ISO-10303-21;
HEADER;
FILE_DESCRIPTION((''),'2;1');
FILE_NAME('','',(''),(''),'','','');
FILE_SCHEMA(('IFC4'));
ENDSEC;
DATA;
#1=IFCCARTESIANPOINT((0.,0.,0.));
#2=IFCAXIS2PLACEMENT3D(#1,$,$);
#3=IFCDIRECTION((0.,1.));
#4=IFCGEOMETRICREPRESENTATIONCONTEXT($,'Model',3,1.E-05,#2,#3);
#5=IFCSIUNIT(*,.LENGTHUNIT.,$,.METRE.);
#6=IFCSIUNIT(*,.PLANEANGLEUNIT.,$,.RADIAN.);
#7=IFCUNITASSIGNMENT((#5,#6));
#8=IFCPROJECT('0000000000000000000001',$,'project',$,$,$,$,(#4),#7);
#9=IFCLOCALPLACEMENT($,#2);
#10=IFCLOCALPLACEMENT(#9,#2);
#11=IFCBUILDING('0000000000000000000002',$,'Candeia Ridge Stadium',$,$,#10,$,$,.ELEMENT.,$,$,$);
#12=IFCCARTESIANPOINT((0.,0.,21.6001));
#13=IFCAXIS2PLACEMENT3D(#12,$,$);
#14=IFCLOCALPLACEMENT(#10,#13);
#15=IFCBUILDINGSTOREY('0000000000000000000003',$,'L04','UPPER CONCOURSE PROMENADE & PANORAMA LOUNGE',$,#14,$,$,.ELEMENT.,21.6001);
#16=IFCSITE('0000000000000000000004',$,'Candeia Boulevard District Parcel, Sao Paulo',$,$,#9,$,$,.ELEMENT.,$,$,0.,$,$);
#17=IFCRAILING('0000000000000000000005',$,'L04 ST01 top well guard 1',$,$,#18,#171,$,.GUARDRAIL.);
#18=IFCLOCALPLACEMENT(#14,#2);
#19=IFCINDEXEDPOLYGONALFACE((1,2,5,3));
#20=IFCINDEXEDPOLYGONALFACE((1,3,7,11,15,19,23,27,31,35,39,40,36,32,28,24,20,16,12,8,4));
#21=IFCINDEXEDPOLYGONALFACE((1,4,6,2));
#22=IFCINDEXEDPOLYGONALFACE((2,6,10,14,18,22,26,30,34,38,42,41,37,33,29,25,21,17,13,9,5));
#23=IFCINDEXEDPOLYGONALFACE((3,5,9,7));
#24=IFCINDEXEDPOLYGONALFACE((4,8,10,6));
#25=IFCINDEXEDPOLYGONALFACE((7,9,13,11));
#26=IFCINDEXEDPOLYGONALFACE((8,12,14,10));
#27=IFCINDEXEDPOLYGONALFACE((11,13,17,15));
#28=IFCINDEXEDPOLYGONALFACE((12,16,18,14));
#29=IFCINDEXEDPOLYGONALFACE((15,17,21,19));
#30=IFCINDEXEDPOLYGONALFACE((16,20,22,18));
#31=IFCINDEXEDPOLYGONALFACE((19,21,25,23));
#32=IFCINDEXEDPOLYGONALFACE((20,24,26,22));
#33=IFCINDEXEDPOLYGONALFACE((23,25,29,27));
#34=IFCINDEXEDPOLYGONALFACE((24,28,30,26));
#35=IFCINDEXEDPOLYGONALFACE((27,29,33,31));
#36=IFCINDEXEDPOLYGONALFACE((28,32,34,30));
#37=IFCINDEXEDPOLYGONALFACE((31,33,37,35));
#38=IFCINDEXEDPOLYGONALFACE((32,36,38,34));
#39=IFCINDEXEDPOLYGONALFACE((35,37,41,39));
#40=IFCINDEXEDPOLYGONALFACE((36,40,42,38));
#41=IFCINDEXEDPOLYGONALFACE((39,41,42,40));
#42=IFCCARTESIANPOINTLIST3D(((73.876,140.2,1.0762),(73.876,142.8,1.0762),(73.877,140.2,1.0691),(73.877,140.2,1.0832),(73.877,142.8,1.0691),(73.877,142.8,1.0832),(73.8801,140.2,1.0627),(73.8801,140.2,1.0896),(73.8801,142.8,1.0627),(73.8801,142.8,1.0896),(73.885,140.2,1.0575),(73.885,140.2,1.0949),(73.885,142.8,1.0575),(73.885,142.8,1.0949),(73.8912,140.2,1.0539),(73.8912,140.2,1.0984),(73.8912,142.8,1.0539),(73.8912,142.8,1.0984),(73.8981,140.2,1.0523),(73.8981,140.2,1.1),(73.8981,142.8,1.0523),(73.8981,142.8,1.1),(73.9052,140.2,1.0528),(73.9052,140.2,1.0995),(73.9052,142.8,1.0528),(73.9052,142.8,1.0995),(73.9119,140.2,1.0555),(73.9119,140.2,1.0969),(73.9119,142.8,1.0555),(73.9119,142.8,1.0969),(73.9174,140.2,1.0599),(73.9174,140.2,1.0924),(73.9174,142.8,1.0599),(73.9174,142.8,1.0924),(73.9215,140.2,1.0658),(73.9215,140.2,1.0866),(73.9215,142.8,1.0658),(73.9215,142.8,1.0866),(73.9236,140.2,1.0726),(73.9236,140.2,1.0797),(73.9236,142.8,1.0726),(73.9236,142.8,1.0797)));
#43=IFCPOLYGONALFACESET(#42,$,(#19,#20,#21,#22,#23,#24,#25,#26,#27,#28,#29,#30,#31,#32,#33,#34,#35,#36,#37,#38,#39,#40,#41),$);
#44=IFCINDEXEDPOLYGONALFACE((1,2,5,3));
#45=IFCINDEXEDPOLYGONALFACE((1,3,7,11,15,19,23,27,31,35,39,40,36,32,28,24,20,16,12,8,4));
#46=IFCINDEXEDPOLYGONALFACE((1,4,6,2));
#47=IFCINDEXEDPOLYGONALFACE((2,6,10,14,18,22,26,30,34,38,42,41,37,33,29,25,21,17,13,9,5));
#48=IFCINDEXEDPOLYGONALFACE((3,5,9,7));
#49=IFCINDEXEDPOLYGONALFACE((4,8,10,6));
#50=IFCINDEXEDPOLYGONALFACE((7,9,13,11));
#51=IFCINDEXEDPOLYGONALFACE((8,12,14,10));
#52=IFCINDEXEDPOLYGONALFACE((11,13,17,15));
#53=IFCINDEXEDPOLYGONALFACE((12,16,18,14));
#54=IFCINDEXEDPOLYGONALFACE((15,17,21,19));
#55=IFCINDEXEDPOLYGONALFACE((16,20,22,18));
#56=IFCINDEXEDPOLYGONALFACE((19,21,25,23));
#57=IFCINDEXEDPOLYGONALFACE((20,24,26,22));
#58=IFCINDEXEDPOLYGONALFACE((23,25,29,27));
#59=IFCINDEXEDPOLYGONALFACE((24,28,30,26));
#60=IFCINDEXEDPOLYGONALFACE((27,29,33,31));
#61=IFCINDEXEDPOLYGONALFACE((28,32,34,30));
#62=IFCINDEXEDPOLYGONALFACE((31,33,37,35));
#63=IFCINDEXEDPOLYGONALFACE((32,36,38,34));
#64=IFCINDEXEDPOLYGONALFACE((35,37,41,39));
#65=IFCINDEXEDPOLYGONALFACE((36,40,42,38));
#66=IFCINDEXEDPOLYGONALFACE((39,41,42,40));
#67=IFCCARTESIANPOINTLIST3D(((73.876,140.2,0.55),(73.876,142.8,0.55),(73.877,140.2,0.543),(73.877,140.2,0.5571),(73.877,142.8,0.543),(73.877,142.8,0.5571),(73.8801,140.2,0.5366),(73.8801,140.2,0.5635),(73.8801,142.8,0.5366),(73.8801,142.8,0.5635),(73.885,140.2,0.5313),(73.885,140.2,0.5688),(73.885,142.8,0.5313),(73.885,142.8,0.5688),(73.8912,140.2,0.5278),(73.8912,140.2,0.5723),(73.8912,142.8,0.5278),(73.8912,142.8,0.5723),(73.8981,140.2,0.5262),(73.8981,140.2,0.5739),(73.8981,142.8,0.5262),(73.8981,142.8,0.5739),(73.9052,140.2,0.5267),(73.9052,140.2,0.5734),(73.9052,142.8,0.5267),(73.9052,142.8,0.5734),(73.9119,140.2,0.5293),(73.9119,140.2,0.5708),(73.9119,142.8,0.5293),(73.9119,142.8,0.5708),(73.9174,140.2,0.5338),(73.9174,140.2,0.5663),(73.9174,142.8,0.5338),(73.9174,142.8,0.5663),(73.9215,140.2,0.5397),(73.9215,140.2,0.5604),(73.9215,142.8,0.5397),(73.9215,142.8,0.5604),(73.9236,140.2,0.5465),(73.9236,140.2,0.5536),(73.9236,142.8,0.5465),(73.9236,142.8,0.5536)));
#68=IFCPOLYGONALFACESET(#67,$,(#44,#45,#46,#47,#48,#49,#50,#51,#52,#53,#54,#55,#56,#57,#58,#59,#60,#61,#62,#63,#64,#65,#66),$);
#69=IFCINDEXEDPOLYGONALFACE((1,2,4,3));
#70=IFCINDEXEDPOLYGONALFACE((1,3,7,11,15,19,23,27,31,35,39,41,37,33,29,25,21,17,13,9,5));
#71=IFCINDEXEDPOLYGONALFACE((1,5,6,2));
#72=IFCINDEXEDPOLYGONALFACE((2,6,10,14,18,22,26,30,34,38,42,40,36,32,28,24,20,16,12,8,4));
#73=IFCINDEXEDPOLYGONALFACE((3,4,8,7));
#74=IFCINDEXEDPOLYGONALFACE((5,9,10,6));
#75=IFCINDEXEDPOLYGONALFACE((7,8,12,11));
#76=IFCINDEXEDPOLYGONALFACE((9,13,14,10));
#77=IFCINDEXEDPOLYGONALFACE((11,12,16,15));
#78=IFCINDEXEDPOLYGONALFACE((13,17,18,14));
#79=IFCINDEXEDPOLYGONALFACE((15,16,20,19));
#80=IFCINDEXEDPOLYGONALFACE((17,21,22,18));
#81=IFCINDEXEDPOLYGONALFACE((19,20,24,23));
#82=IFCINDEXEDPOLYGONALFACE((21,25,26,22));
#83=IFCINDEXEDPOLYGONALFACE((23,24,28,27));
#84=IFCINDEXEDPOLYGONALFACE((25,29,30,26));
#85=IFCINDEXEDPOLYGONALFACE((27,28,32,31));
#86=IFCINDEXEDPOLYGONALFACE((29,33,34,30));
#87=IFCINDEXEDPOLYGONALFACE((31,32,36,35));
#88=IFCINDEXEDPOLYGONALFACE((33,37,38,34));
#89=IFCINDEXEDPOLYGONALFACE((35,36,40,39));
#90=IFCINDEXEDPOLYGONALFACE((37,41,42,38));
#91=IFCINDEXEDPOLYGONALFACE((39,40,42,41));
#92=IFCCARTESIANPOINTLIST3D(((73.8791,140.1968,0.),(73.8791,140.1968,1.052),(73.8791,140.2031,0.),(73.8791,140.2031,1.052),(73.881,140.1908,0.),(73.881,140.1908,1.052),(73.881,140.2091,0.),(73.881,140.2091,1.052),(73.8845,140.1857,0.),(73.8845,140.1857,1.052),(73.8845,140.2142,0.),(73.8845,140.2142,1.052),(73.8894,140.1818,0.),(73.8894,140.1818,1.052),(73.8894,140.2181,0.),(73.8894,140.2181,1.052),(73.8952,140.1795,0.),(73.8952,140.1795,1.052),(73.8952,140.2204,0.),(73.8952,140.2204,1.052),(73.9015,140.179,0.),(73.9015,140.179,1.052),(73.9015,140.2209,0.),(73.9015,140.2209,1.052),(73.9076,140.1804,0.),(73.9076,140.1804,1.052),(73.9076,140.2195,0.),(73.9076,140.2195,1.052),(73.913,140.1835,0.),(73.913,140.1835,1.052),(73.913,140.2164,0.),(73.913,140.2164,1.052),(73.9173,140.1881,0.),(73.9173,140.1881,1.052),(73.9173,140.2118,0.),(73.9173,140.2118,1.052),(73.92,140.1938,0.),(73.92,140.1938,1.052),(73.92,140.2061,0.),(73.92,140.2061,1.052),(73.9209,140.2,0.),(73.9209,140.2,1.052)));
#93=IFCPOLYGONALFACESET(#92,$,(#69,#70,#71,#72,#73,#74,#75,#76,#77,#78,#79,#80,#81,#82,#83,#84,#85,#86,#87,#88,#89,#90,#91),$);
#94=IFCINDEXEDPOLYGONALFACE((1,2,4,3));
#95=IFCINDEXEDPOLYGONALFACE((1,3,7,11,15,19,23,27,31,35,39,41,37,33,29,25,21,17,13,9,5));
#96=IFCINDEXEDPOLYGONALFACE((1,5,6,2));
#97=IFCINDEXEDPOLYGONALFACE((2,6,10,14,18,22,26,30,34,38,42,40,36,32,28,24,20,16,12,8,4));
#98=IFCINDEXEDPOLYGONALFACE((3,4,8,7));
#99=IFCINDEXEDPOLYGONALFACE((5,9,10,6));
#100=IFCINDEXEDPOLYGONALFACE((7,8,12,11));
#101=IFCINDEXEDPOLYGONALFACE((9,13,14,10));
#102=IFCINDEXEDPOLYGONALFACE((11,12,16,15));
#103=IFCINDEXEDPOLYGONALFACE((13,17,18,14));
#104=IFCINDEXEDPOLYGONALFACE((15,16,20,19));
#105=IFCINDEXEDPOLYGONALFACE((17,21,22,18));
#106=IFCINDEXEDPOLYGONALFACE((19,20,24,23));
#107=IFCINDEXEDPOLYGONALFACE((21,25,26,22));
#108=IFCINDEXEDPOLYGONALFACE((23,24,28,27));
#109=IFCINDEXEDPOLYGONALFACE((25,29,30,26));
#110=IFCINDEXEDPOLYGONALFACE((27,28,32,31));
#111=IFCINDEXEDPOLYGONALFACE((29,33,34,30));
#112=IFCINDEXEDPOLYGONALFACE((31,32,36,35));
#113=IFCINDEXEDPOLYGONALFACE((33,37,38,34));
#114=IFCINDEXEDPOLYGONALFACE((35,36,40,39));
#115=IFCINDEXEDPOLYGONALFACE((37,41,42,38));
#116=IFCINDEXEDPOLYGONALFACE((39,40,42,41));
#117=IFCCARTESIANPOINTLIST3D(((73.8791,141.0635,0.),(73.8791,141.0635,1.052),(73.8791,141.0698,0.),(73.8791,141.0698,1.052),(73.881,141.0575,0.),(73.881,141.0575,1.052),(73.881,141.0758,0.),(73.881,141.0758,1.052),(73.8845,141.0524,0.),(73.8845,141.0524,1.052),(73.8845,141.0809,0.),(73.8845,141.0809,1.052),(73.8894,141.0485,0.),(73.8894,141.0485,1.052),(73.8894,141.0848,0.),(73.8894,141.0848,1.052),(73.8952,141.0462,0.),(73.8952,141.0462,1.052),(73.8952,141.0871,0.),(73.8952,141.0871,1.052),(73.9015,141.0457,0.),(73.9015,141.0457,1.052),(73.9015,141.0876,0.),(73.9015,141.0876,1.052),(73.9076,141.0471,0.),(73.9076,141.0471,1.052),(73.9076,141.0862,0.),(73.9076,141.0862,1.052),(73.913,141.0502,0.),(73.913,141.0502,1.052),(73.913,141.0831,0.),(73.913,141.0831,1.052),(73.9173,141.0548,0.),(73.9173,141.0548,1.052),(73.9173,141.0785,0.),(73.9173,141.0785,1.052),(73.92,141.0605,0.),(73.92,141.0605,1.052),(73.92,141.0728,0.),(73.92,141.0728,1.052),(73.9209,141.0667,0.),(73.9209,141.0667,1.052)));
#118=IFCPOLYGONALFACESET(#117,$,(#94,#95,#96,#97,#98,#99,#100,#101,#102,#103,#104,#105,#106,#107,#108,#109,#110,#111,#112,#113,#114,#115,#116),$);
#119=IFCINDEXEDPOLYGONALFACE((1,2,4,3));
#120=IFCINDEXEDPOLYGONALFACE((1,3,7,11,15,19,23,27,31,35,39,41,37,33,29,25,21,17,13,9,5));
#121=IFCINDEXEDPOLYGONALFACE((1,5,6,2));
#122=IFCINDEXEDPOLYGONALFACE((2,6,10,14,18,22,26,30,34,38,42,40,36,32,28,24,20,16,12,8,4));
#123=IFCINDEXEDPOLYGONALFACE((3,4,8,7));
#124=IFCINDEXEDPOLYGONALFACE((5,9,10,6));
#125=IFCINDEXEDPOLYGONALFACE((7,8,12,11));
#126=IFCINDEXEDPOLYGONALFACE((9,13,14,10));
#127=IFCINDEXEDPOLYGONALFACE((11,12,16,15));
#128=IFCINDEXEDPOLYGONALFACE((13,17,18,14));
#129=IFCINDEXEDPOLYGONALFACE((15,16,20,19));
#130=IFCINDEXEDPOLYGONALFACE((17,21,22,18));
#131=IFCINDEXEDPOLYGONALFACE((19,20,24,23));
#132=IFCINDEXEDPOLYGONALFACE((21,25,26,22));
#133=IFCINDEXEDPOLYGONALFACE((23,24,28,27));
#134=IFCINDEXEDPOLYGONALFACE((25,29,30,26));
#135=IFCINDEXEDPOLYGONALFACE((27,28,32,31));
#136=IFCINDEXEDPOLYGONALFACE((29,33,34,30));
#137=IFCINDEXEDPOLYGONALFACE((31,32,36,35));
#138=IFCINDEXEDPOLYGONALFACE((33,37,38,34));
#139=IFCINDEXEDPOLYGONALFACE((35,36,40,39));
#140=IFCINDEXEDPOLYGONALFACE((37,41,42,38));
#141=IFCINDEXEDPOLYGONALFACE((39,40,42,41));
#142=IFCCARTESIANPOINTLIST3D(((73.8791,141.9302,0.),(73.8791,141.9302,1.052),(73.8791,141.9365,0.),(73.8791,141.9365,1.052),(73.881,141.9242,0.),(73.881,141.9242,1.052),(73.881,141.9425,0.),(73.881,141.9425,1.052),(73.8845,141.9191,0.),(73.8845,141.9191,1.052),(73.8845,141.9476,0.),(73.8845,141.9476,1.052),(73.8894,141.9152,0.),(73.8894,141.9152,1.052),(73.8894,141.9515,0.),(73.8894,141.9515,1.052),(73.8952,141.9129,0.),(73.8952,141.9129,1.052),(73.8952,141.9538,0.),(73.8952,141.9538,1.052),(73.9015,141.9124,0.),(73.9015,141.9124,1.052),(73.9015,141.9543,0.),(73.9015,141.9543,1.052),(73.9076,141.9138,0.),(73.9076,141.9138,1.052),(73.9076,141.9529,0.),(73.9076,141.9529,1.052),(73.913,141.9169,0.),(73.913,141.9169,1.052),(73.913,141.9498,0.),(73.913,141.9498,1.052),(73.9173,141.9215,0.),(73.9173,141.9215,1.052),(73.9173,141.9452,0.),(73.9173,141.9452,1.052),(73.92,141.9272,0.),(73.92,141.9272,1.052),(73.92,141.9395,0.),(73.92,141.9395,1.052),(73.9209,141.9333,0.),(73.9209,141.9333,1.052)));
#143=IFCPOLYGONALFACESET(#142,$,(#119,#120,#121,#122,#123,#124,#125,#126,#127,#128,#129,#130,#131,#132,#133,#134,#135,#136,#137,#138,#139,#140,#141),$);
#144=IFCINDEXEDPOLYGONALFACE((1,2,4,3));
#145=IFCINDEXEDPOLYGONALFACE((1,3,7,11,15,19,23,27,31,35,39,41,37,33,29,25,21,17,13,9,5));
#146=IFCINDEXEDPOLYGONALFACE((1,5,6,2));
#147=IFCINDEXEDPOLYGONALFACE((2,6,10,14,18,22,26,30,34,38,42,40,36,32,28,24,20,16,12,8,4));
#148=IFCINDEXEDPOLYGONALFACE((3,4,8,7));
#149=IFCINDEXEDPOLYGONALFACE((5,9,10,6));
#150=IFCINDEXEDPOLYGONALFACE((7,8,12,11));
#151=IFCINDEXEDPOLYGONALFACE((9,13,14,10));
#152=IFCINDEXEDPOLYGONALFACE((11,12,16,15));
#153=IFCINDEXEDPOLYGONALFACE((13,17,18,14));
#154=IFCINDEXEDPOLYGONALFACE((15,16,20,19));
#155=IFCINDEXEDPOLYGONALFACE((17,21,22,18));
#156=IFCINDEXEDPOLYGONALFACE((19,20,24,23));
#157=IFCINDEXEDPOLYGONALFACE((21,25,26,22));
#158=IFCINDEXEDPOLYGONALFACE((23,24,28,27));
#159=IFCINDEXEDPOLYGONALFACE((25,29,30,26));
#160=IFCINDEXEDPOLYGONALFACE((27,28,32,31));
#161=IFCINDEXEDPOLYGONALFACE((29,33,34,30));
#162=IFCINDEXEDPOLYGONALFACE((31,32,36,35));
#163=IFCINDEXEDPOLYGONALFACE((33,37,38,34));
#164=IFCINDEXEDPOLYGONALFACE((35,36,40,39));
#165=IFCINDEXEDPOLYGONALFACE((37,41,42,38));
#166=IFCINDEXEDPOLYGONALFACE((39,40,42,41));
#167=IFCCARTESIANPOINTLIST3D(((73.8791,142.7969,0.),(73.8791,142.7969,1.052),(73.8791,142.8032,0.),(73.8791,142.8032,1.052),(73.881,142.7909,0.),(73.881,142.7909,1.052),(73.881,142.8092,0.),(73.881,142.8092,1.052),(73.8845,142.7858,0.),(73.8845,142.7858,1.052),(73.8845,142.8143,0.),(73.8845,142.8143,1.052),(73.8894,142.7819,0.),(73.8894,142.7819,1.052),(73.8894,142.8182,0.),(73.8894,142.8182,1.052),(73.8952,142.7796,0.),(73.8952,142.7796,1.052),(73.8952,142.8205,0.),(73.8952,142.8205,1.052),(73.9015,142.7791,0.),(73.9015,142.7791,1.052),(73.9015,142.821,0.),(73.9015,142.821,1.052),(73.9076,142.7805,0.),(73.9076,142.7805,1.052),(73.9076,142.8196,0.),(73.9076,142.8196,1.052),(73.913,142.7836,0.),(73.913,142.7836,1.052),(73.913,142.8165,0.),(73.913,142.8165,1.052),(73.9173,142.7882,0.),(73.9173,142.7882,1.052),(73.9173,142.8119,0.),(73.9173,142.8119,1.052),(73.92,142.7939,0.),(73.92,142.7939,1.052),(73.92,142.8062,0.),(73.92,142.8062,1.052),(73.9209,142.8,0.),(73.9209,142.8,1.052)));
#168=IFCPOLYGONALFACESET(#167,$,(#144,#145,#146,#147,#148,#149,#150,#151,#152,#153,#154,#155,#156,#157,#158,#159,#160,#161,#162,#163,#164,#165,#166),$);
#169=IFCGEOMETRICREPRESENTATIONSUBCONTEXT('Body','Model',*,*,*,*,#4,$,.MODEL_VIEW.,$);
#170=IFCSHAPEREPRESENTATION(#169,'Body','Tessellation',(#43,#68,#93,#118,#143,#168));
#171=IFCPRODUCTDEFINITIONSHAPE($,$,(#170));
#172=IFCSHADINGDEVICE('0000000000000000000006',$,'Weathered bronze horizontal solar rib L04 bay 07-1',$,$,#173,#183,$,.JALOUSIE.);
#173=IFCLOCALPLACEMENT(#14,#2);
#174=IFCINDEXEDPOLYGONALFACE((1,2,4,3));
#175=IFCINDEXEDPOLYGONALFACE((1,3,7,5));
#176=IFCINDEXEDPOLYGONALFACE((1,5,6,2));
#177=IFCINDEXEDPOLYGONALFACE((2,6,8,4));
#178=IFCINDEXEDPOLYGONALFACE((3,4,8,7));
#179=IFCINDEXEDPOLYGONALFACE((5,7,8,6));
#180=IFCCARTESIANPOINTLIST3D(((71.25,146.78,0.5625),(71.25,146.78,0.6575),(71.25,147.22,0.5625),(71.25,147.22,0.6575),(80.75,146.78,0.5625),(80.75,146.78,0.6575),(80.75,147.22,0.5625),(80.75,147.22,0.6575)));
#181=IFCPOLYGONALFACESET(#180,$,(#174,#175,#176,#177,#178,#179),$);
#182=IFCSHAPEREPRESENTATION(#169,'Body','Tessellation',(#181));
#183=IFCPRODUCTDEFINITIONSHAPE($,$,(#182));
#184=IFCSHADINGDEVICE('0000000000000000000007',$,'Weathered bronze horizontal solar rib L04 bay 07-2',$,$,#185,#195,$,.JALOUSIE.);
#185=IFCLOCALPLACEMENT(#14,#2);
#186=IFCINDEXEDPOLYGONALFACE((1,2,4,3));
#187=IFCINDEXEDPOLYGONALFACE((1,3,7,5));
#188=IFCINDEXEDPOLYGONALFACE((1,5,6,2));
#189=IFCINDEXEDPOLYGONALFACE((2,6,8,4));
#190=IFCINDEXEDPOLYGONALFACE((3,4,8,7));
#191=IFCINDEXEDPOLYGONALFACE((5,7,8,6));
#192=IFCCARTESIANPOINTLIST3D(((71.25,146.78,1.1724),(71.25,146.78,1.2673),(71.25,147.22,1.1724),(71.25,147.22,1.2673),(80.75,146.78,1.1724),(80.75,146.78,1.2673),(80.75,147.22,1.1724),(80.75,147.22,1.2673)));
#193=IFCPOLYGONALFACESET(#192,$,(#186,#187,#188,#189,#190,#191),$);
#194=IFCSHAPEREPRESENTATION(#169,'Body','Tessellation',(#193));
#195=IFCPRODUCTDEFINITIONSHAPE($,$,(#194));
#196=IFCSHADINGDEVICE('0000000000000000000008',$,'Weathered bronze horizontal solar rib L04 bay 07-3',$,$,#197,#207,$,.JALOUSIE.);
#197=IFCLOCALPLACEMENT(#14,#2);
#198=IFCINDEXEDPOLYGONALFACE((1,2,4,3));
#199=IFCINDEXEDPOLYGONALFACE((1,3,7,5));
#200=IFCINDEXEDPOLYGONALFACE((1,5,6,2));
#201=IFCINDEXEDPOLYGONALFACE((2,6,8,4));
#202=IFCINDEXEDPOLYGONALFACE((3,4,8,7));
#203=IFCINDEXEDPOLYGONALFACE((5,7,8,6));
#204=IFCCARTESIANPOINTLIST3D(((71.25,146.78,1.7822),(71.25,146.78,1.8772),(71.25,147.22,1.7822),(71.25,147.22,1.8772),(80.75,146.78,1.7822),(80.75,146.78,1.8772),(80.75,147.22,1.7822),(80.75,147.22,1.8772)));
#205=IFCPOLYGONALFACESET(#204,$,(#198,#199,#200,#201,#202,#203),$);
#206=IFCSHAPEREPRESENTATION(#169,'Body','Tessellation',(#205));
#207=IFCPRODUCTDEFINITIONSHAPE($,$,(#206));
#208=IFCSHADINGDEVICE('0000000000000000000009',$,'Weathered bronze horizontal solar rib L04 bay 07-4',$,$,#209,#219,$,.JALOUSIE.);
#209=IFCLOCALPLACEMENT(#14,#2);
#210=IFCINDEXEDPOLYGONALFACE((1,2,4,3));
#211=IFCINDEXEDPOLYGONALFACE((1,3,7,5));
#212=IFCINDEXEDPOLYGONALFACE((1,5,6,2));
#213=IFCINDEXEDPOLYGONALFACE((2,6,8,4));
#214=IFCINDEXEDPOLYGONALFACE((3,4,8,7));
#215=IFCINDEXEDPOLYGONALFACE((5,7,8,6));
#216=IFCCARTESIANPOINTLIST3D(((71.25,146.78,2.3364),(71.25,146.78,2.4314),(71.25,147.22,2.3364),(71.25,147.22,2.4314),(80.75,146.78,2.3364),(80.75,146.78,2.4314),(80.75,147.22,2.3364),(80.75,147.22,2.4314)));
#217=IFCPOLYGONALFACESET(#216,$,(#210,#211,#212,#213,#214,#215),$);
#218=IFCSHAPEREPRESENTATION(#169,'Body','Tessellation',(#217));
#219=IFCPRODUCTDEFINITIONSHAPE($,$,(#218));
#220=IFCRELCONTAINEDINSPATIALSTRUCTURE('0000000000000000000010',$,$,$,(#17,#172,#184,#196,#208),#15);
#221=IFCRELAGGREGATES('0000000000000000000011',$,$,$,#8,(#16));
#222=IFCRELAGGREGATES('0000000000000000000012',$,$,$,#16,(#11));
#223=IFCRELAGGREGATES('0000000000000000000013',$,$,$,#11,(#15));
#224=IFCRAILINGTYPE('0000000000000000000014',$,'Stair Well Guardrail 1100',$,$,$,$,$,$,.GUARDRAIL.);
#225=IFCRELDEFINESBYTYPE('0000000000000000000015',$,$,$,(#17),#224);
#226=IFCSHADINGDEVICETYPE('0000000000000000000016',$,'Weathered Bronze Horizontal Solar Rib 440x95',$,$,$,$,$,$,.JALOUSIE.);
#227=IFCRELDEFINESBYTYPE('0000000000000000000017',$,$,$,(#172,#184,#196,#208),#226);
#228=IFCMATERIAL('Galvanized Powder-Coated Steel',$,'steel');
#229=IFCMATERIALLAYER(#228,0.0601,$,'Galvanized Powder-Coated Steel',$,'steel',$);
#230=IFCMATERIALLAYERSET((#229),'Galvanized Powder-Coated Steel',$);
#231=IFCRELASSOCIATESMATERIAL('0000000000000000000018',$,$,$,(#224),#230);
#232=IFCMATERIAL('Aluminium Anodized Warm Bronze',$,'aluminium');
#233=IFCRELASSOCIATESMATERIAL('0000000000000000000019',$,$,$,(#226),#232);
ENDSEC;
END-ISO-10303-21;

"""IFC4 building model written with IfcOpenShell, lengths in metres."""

from ifc_helpers import new_model, si_unit, direction, frame, origin, origin_2d, place, context, subcontext, project, spatial, rectangle, circle, extrude, material, layer, layer_set, type_object, element, save


model = new_model("IFC4")

# Units and contexts
model_context = context("Model", 3, precision=1e-05, world=origin(), true_north=direction((0.0, 1.0)))
body_context = subcontext(model_context, "Body", "Model", "MODEL_VIEW")
ifc_project = project(units=[si_unit("LENGTHUNIT", "METRE"), si_unit("PLANEANGLEUNIT", "RADIAN")], contexts=[model_context])

# Site, building, storey
site_placement = place(None, origin())
site = spatial("IfcSite", under=ifc_project, at=site_placement, Name="Candeia Boulevard District Parcel, Sao Paulo", CompositionType="ELEMENT", RefElevation=0.0)
building_placement = place(site_placement, origin())
building = spatial("IfcBuilding", under=site, at=building_placement, Name="Candeia Ridge Stadium", CompositionType="ELEMENT")
storey_placement = place(building_placement, frame((0.0, 0.0, 21.6001)))
storey = spatial("IfcBuildingStorey", under=building, at=storey_placement, Name="L04", Description="UPPER CONCOURSE PROMENADE & PANORAMA LOUNGE", CompositionType="ELEMENT", Elevation=21.6001)

# Shared definitions
ifc_material_1 = material(Name="Aluminium Anodized Warm Bronze", Category="aluminium")

# Railing
ifc_material_2 = material(Name="Galvanized Powder-Coated Steel", Category="steel")
ifc_layer_1 = layer(ifc_material_2, 0.0601, Name="Galvanized Powder-Coated Steel", Category="steel")
ifc_layer_set_1 = layer_set([ifc_layer_1], Name="Galvanized Powder-Coated Steel")
railing_type_1 = type_object("IfcRailingType", Name="Stair Well Guardrail 1100", PredefinedType="GUARDRAIL", material=ifc_layer_set_1)
railing_1_placement = place(storey_placement, frame((73.8999, 140.2, 0.0)))
element("IfcRailing", 1, at=railing_1_placement, inside=storey, type_object=railing_type_1, Name="L04 ST01 top well guard 1", PredefinedType="GUARDRAIL", context=body_context, shape_type="SweptSolid", body=[
    extrude(circle(Radius=0.0239, at=origin_2d()), frame((0.0, 0.0, 1.0762), z_axis=(0.0, 1.0, 0.0), x_axis=(-1.0, 0.0, 0.0)), (0.0, 0.0, 1.0), 2.6001),
    extrude(circle(Radius=0.0239, at=origin_2d()), frame((0.0, 0.0, 0.55), z_axis=(0.0, 1.0, 0.0), x_axis=(-1.0, 0.0, 0.0)), (0.0, 0.0, 1.0), 2.6001),
    extrude(circle(Radius=0.021, at=origin_2d()), origin(), (0.0, 0.0, 1.0), 1.052),
    extrude(circle(Radius=0.021, at=origin_2d()), frame((0.0, 0.8667, 0.0)), (0.0, 0.0, 1.0), 1.052),
    extrude(circle(Radius=0.021, at=origin_2d()), frame((0.0, 1.7334, 0.0)), (0.0, 0.0, 1.0), 1.052),
    extrude(circle(Radius=0.021, at=origin_2d()), frame((0.0, 2.6001, 0.0)), (0.0, 0.0, 1.0), 1.052),
])

# Shading devices
shading_device_type = type_object("IfcShadingDeviceType", Name="Weathered Bronze Horizontal Solar Rib 440x95", PredefinedType="JALOUSIE", material=ifc_material_1)
for number, where, z_axis, x_axis, name in (
    (2, (76.0, 147.0, 0.5625), (0.0, 0.0, 1.0), (-1.0, 0.0, 0.0), "Weathered bronze horizontal solar rib L04 bay 07-1"),
    (3, (76.0, 147.0, 1.1724), (0.0, 0.0, 1.0), (-1.0, 0.0, 0.0), "Weathered bronze horizontal solar rib L04 bay 07-2"),
    (4, (76.0, 147.0, 1.7822), (0.0, 0.0, 1.0), (-1.0, 0.0, 0.0), "Weathered bronze horizontal solar rib L04 bay 07-3"),
    (5, (76.0, 147.0, 2.3364), (0.0, 0.0, 1.0), (-1.0, 0.0, 0.0), "Weathered bronze horizontal solar rib L04 bay 07-4"),
):
    element("IfcShadingDevice", number, at=place(storey_placement, frame(where, z_axis=z_axis, x_axis=x_axis)), inside=storey, type_object=shading_device_type, Name=name, PredefinedType="JALOUSIE", context=body_context, shape_type="SweptSolid", body=[
        extrude(rectangle(XDim=9.5, YDim=0.4399, at=origin_2d()), origin(), (0.0, 0.0, 1.0), 0.095),
    ])

save(model, "model.ifc")
